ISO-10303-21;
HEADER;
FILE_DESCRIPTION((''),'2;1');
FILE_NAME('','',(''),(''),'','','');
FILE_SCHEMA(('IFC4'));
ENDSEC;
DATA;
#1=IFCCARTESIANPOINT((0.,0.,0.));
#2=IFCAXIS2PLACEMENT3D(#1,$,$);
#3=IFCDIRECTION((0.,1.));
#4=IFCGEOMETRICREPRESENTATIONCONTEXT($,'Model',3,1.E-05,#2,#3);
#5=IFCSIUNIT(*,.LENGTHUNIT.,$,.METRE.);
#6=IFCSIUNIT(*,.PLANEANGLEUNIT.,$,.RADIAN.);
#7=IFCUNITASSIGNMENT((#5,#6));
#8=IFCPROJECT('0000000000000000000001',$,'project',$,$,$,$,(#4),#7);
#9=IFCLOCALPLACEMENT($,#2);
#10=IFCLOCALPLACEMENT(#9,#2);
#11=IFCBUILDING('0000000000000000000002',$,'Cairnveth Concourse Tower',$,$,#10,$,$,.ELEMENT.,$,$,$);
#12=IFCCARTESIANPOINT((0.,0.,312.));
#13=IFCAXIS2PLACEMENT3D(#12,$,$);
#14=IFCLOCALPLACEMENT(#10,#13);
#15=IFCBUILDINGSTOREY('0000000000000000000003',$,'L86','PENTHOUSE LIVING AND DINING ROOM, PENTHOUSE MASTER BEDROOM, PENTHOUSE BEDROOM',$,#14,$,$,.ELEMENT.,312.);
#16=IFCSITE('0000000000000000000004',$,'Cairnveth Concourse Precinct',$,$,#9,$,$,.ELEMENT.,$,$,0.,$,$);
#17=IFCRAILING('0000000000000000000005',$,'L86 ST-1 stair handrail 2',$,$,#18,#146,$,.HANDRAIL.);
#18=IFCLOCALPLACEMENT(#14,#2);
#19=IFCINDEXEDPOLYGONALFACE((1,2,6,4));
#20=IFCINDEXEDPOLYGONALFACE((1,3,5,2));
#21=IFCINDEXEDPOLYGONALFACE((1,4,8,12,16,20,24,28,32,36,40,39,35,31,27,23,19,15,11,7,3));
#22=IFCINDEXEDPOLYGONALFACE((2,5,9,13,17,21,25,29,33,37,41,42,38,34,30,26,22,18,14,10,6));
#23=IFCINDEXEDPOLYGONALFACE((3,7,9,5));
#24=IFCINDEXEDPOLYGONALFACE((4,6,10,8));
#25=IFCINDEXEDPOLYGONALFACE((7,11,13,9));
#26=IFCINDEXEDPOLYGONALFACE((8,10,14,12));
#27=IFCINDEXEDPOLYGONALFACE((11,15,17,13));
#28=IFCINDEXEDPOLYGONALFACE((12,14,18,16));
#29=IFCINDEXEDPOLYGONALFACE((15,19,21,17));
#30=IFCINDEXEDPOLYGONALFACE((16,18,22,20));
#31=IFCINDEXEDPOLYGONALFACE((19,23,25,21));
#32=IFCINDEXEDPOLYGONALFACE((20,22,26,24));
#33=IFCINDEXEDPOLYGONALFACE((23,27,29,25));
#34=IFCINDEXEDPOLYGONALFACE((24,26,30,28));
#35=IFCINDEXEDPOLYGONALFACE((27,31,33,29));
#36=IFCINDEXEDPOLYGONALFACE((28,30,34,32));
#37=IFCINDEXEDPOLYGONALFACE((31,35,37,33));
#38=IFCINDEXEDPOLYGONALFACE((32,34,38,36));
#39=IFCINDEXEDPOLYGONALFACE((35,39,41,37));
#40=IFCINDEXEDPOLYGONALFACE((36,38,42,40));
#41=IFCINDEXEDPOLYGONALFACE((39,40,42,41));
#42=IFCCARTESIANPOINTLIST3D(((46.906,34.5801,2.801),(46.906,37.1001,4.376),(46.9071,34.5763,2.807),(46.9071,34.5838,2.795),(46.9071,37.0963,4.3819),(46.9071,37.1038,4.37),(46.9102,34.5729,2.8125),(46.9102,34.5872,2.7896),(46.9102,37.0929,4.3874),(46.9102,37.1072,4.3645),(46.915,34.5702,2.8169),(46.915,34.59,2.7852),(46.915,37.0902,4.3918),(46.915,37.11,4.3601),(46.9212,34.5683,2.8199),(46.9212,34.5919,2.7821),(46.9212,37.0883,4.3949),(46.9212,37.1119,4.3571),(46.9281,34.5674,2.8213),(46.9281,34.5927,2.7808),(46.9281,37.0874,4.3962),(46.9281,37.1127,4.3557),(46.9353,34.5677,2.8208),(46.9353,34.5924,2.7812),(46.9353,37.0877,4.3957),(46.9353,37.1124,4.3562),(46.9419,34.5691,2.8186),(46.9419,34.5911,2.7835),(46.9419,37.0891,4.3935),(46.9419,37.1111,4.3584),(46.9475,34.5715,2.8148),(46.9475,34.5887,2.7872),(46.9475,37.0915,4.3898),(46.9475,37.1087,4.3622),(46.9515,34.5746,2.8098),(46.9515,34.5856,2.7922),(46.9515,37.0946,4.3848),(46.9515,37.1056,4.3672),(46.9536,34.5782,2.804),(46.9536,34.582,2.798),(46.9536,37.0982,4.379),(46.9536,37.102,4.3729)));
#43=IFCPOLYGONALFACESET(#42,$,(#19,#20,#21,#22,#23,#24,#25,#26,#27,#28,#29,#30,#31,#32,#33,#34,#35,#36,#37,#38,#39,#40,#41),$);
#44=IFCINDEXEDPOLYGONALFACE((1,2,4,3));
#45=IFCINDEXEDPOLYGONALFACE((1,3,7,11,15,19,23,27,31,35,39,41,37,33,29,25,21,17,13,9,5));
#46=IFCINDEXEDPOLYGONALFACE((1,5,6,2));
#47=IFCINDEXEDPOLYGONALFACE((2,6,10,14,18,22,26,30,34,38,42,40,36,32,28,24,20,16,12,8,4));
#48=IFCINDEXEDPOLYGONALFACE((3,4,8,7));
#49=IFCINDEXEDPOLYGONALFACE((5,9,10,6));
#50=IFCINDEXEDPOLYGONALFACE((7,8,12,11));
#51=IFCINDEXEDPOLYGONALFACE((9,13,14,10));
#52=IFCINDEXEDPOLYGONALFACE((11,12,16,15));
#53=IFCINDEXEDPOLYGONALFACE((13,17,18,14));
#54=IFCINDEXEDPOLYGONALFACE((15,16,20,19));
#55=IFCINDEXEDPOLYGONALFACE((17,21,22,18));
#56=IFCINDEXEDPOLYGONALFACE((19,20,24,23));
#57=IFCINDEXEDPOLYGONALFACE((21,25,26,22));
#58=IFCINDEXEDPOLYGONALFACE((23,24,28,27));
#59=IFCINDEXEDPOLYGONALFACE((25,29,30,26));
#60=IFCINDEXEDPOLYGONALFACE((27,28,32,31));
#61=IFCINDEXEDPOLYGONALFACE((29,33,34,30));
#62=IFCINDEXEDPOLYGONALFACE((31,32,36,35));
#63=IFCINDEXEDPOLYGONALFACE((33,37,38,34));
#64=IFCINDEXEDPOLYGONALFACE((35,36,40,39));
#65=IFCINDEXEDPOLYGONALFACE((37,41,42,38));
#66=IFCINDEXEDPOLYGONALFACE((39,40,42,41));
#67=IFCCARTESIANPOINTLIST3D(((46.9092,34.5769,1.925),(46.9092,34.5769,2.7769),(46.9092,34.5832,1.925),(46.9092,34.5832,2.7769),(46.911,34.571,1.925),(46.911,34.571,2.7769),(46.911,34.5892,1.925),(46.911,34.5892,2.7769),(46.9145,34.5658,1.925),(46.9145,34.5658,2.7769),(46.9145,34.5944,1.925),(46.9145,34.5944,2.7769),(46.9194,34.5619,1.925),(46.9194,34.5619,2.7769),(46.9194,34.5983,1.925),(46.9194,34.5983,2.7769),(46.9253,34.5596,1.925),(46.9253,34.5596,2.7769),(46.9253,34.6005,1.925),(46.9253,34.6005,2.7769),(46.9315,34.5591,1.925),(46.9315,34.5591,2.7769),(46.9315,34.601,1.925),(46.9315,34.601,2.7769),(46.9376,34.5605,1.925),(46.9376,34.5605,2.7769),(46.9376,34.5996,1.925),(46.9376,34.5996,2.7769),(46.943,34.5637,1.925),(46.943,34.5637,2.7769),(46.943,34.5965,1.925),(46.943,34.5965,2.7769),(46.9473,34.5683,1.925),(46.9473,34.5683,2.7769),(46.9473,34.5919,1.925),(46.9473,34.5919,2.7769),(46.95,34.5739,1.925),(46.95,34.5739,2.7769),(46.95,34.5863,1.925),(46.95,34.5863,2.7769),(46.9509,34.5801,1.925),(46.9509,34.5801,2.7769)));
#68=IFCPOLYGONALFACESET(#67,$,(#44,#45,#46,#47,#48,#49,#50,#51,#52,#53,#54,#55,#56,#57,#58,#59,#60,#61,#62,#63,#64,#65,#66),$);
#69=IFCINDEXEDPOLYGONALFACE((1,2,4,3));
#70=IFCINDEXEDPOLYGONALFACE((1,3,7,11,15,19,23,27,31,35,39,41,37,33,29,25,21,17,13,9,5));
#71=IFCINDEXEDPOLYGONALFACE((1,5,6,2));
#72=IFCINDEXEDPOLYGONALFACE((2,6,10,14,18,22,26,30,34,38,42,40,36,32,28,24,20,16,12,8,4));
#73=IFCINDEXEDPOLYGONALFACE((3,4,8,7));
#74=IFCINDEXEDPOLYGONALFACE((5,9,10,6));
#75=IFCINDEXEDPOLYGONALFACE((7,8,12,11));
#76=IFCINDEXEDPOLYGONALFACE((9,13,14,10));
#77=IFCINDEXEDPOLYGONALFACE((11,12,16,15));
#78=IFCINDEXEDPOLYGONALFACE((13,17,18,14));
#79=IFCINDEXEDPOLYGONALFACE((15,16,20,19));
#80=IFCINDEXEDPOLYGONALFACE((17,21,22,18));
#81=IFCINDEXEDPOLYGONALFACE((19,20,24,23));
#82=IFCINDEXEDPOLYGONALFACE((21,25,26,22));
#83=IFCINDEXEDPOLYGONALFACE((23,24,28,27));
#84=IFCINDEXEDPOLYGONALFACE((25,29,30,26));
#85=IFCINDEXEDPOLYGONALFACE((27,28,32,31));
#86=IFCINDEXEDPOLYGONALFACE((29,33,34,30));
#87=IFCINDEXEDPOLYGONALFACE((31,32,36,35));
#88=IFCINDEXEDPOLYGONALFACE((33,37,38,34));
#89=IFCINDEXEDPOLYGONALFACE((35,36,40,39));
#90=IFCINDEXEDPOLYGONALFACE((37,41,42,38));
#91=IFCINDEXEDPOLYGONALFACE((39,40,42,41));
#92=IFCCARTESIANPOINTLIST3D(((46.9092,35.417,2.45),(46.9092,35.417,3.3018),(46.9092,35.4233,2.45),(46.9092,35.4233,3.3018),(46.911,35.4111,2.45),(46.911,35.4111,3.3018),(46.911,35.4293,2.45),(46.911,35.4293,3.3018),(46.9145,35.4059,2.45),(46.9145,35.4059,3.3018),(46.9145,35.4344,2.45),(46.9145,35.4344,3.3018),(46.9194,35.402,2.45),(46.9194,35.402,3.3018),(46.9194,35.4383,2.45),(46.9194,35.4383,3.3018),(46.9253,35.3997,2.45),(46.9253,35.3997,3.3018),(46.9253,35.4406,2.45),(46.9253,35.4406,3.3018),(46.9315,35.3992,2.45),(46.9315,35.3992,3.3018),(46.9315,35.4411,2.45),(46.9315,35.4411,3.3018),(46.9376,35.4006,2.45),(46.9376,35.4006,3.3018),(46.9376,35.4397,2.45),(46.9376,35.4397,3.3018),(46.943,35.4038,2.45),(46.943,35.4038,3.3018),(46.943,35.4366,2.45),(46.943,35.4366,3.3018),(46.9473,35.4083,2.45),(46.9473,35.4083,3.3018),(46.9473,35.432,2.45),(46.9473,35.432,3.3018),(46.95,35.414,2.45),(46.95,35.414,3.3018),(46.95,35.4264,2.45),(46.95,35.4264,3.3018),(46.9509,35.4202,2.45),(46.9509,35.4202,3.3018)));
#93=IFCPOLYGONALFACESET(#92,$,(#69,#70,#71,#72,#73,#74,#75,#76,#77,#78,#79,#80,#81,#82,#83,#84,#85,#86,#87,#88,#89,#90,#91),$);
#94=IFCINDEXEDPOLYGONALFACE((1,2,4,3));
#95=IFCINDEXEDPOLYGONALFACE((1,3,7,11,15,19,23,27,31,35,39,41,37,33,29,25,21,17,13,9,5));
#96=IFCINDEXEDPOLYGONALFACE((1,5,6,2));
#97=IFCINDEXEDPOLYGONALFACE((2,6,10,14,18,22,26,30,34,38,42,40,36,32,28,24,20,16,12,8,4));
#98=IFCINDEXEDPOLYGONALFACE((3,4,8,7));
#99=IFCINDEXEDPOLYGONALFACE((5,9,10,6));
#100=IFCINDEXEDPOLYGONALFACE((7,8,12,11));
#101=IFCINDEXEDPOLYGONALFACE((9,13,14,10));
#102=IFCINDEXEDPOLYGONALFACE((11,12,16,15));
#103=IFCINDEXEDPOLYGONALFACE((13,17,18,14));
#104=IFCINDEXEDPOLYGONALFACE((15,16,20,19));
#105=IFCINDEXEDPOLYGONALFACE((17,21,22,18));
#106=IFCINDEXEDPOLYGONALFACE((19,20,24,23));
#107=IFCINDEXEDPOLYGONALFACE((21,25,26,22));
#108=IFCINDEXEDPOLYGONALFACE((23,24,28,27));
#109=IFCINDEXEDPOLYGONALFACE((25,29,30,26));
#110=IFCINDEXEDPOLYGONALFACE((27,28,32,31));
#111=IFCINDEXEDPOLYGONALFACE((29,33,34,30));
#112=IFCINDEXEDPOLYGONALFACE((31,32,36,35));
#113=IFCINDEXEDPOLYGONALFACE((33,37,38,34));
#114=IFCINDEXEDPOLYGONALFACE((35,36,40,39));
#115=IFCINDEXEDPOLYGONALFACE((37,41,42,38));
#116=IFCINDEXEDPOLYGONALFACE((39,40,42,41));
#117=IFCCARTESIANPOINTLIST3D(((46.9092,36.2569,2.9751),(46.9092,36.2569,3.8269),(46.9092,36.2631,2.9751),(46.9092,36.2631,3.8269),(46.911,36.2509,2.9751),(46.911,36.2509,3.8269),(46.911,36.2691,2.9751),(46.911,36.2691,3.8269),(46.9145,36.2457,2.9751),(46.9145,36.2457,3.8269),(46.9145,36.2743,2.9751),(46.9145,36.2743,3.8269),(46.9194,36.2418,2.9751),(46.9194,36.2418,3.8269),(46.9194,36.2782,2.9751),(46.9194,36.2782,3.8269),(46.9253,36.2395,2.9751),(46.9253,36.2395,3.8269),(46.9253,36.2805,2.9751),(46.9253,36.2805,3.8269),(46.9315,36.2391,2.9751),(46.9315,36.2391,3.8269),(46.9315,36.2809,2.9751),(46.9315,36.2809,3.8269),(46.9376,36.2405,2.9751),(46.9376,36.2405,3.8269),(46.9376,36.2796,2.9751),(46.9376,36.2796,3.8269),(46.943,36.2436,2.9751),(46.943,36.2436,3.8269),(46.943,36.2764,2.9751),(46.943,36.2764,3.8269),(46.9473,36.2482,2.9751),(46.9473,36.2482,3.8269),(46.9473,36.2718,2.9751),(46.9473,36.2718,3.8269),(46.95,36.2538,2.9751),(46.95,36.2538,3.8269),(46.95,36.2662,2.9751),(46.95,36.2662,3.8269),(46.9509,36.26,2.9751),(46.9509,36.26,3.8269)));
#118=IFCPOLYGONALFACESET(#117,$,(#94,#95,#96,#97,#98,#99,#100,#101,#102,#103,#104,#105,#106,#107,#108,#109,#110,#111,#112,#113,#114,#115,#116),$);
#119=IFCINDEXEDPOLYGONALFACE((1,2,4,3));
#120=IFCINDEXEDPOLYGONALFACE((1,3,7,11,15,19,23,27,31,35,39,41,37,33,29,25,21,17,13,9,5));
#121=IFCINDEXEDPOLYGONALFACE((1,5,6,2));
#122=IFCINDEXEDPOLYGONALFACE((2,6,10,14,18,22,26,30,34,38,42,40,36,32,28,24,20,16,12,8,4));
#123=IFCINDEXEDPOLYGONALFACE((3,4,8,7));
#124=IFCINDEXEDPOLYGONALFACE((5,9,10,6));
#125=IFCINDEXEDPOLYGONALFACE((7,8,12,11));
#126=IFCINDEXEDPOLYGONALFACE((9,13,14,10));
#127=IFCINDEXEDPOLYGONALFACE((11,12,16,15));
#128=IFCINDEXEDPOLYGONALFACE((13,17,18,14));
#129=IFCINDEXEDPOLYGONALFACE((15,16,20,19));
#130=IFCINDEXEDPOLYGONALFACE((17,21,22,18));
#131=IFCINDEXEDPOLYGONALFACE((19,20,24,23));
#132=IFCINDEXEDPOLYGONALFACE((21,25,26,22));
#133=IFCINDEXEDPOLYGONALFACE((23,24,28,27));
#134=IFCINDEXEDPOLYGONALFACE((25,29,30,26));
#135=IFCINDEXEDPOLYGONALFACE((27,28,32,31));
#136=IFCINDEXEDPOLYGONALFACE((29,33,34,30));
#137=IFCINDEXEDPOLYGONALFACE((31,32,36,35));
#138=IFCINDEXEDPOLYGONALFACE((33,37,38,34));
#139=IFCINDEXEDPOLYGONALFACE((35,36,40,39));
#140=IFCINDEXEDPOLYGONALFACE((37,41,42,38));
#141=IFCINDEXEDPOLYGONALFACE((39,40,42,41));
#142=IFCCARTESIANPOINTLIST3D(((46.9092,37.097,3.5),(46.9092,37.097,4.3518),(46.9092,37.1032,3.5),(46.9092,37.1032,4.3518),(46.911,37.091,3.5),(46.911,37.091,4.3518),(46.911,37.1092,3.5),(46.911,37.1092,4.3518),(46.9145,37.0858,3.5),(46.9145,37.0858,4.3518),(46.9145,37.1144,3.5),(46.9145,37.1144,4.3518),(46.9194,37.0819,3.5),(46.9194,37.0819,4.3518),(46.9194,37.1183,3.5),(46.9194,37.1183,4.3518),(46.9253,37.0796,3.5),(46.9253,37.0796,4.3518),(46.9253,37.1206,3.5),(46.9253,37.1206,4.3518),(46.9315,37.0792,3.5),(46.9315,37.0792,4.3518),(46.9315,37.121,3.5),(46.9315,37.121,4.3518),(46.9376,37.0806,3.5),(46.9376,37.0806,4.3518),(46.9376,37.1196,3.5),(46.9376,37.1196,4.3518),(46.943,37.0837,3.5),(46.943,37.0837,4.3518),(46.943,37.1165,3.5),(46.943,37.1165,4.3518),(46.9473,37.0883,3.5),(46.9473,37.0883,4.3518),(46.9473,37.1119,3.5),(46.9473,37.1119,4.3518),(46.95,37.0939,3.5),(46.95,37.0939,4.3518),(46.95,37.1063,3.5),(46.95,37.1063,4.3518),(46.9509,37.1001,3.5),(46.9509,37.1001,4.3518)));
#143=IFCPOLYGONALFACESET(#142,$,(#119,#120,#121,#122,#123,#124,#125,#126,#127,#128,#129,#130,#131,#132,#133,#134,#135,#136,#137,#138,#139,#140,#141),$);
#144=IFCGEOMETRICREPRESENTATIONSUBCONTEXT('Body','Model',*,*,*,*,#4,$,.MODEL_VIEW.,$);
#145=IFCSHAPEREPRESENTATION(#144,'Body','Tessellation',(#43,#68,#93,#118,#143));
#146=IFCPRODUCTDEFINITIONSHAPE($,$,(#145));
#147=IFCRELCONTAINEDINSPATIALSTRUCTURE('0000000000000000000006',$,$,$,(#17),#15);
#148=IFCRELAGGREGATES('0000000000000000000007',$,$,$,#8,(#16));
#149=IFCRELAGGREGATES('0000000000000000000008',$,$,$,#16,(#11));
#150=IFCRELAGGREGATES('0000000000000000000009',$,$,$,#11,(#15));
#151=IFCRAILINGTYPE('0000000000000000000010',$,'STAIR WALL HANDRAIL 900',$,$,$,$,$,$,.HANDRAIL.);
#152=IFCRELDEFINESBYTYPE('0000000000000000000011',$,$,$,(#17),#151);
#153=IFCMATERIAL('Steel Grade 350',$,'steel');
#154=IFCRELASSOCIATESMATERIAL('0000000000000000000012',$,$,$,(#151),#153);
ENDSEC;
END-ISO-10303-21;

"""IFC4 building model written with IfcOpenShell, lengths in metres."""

from ifc_helpers import new_model, si_unit, direction, frame, origin, origin_2d, place, context, subcontext, project, spatial, circle, extrude, material, type_object, element, save


model = new_model("IFC4")

# Units and contexts
model_context = context("Model", 3, precision=1e-05, world=origin(), true_north=direction((0.0, 1.0)))
body_context = subcontext(model_context, "Body", "Model", "MODEL_VIEW")
ifc_project = project(units=[si_unit("LENGTHUNIT", "METRE"), si_unit("PLANEANGLEUNIT", "RADIAN")], contexts=[model_context])

# Site, building, storey
site_placement = place(None, origin())
site = spatial("IfcSite", under=ifc_project, at=site_placement, Name="Cairnveth Concourse Precinct", CompositionType="ELEMENT", RefElevation=0.0)
building_placement = place(site_placement, origin())
building = spatial("IfcBuilding", under=site, at=building_placement, Name="Cairnveth Concourse Tower", CompositionType="ELEMENT")
storey_placement = place(building_placement, frame((0.0, 0.0, 312.0)))
storey = spatial("IfcBuildingStorey", under=building, at=storey_placement, Name="L86", Description="PENTHOUSE LIVING AND DINING ROOM, PENTHOUSE MASTER BEDROOM, PENTHOUSE BEDROOM", CompositionType="ELEMENT", Elevation=312.0)

# Shared definitions
ifc_material_1 = material(Name="Steel Grade 350", Category="steel")

# Railing
railing_type_1 = type_object("IfcRailingType", Name="STAIR WALL HANDRAIL 900", PredefinedType="HANDRAIL", material=ifc_material_1)
railing_1_placement = place(storey_placement, frame((46.9299, 34.5801, 1.925)))
element("IfcRailing", 1, at=railing_1_placement, inside=storey, type_object=railing_type_1, Name="L86 ST-1 stair handrail 2", PredefinedType="HANDRAIL", context=body_context, shape_type="SweptSolid", body=[
    extrude(circle(Radius=0.0239, at=origin_2d()), frame((0.0, 0.0, 0.876), z_axis=(0.0, 0.848008, 0.529984), x_axis=(-1.0, 0.0, 0.0)), (0.0, 0.0, 1.0), 2.9717),
    extrude(circle(Radius=0.021, at=origin_2d()), origin(), (0.0, 0.0, 1.0), 0.8518),
    extrude(circle(Radius=0.021, at=origin_2d()), frame((0.0, 0.8401, 0.5249)), (0.0, 0.0, 1.0), 0.8518),
    extrude(circle(Radius=0.021, at=origin_2d()), frame((0.0, 1.6799, 1.05)), (0.0, 0.0, 1.0), 0.8518),
    extrude(circle(Radius=0.021, at=origin_2d()), frame((0.0, 2.52, 1.575)), (0.0, 0.0, 1.0), 0.8518),
])

save(model, "model.ifc")
